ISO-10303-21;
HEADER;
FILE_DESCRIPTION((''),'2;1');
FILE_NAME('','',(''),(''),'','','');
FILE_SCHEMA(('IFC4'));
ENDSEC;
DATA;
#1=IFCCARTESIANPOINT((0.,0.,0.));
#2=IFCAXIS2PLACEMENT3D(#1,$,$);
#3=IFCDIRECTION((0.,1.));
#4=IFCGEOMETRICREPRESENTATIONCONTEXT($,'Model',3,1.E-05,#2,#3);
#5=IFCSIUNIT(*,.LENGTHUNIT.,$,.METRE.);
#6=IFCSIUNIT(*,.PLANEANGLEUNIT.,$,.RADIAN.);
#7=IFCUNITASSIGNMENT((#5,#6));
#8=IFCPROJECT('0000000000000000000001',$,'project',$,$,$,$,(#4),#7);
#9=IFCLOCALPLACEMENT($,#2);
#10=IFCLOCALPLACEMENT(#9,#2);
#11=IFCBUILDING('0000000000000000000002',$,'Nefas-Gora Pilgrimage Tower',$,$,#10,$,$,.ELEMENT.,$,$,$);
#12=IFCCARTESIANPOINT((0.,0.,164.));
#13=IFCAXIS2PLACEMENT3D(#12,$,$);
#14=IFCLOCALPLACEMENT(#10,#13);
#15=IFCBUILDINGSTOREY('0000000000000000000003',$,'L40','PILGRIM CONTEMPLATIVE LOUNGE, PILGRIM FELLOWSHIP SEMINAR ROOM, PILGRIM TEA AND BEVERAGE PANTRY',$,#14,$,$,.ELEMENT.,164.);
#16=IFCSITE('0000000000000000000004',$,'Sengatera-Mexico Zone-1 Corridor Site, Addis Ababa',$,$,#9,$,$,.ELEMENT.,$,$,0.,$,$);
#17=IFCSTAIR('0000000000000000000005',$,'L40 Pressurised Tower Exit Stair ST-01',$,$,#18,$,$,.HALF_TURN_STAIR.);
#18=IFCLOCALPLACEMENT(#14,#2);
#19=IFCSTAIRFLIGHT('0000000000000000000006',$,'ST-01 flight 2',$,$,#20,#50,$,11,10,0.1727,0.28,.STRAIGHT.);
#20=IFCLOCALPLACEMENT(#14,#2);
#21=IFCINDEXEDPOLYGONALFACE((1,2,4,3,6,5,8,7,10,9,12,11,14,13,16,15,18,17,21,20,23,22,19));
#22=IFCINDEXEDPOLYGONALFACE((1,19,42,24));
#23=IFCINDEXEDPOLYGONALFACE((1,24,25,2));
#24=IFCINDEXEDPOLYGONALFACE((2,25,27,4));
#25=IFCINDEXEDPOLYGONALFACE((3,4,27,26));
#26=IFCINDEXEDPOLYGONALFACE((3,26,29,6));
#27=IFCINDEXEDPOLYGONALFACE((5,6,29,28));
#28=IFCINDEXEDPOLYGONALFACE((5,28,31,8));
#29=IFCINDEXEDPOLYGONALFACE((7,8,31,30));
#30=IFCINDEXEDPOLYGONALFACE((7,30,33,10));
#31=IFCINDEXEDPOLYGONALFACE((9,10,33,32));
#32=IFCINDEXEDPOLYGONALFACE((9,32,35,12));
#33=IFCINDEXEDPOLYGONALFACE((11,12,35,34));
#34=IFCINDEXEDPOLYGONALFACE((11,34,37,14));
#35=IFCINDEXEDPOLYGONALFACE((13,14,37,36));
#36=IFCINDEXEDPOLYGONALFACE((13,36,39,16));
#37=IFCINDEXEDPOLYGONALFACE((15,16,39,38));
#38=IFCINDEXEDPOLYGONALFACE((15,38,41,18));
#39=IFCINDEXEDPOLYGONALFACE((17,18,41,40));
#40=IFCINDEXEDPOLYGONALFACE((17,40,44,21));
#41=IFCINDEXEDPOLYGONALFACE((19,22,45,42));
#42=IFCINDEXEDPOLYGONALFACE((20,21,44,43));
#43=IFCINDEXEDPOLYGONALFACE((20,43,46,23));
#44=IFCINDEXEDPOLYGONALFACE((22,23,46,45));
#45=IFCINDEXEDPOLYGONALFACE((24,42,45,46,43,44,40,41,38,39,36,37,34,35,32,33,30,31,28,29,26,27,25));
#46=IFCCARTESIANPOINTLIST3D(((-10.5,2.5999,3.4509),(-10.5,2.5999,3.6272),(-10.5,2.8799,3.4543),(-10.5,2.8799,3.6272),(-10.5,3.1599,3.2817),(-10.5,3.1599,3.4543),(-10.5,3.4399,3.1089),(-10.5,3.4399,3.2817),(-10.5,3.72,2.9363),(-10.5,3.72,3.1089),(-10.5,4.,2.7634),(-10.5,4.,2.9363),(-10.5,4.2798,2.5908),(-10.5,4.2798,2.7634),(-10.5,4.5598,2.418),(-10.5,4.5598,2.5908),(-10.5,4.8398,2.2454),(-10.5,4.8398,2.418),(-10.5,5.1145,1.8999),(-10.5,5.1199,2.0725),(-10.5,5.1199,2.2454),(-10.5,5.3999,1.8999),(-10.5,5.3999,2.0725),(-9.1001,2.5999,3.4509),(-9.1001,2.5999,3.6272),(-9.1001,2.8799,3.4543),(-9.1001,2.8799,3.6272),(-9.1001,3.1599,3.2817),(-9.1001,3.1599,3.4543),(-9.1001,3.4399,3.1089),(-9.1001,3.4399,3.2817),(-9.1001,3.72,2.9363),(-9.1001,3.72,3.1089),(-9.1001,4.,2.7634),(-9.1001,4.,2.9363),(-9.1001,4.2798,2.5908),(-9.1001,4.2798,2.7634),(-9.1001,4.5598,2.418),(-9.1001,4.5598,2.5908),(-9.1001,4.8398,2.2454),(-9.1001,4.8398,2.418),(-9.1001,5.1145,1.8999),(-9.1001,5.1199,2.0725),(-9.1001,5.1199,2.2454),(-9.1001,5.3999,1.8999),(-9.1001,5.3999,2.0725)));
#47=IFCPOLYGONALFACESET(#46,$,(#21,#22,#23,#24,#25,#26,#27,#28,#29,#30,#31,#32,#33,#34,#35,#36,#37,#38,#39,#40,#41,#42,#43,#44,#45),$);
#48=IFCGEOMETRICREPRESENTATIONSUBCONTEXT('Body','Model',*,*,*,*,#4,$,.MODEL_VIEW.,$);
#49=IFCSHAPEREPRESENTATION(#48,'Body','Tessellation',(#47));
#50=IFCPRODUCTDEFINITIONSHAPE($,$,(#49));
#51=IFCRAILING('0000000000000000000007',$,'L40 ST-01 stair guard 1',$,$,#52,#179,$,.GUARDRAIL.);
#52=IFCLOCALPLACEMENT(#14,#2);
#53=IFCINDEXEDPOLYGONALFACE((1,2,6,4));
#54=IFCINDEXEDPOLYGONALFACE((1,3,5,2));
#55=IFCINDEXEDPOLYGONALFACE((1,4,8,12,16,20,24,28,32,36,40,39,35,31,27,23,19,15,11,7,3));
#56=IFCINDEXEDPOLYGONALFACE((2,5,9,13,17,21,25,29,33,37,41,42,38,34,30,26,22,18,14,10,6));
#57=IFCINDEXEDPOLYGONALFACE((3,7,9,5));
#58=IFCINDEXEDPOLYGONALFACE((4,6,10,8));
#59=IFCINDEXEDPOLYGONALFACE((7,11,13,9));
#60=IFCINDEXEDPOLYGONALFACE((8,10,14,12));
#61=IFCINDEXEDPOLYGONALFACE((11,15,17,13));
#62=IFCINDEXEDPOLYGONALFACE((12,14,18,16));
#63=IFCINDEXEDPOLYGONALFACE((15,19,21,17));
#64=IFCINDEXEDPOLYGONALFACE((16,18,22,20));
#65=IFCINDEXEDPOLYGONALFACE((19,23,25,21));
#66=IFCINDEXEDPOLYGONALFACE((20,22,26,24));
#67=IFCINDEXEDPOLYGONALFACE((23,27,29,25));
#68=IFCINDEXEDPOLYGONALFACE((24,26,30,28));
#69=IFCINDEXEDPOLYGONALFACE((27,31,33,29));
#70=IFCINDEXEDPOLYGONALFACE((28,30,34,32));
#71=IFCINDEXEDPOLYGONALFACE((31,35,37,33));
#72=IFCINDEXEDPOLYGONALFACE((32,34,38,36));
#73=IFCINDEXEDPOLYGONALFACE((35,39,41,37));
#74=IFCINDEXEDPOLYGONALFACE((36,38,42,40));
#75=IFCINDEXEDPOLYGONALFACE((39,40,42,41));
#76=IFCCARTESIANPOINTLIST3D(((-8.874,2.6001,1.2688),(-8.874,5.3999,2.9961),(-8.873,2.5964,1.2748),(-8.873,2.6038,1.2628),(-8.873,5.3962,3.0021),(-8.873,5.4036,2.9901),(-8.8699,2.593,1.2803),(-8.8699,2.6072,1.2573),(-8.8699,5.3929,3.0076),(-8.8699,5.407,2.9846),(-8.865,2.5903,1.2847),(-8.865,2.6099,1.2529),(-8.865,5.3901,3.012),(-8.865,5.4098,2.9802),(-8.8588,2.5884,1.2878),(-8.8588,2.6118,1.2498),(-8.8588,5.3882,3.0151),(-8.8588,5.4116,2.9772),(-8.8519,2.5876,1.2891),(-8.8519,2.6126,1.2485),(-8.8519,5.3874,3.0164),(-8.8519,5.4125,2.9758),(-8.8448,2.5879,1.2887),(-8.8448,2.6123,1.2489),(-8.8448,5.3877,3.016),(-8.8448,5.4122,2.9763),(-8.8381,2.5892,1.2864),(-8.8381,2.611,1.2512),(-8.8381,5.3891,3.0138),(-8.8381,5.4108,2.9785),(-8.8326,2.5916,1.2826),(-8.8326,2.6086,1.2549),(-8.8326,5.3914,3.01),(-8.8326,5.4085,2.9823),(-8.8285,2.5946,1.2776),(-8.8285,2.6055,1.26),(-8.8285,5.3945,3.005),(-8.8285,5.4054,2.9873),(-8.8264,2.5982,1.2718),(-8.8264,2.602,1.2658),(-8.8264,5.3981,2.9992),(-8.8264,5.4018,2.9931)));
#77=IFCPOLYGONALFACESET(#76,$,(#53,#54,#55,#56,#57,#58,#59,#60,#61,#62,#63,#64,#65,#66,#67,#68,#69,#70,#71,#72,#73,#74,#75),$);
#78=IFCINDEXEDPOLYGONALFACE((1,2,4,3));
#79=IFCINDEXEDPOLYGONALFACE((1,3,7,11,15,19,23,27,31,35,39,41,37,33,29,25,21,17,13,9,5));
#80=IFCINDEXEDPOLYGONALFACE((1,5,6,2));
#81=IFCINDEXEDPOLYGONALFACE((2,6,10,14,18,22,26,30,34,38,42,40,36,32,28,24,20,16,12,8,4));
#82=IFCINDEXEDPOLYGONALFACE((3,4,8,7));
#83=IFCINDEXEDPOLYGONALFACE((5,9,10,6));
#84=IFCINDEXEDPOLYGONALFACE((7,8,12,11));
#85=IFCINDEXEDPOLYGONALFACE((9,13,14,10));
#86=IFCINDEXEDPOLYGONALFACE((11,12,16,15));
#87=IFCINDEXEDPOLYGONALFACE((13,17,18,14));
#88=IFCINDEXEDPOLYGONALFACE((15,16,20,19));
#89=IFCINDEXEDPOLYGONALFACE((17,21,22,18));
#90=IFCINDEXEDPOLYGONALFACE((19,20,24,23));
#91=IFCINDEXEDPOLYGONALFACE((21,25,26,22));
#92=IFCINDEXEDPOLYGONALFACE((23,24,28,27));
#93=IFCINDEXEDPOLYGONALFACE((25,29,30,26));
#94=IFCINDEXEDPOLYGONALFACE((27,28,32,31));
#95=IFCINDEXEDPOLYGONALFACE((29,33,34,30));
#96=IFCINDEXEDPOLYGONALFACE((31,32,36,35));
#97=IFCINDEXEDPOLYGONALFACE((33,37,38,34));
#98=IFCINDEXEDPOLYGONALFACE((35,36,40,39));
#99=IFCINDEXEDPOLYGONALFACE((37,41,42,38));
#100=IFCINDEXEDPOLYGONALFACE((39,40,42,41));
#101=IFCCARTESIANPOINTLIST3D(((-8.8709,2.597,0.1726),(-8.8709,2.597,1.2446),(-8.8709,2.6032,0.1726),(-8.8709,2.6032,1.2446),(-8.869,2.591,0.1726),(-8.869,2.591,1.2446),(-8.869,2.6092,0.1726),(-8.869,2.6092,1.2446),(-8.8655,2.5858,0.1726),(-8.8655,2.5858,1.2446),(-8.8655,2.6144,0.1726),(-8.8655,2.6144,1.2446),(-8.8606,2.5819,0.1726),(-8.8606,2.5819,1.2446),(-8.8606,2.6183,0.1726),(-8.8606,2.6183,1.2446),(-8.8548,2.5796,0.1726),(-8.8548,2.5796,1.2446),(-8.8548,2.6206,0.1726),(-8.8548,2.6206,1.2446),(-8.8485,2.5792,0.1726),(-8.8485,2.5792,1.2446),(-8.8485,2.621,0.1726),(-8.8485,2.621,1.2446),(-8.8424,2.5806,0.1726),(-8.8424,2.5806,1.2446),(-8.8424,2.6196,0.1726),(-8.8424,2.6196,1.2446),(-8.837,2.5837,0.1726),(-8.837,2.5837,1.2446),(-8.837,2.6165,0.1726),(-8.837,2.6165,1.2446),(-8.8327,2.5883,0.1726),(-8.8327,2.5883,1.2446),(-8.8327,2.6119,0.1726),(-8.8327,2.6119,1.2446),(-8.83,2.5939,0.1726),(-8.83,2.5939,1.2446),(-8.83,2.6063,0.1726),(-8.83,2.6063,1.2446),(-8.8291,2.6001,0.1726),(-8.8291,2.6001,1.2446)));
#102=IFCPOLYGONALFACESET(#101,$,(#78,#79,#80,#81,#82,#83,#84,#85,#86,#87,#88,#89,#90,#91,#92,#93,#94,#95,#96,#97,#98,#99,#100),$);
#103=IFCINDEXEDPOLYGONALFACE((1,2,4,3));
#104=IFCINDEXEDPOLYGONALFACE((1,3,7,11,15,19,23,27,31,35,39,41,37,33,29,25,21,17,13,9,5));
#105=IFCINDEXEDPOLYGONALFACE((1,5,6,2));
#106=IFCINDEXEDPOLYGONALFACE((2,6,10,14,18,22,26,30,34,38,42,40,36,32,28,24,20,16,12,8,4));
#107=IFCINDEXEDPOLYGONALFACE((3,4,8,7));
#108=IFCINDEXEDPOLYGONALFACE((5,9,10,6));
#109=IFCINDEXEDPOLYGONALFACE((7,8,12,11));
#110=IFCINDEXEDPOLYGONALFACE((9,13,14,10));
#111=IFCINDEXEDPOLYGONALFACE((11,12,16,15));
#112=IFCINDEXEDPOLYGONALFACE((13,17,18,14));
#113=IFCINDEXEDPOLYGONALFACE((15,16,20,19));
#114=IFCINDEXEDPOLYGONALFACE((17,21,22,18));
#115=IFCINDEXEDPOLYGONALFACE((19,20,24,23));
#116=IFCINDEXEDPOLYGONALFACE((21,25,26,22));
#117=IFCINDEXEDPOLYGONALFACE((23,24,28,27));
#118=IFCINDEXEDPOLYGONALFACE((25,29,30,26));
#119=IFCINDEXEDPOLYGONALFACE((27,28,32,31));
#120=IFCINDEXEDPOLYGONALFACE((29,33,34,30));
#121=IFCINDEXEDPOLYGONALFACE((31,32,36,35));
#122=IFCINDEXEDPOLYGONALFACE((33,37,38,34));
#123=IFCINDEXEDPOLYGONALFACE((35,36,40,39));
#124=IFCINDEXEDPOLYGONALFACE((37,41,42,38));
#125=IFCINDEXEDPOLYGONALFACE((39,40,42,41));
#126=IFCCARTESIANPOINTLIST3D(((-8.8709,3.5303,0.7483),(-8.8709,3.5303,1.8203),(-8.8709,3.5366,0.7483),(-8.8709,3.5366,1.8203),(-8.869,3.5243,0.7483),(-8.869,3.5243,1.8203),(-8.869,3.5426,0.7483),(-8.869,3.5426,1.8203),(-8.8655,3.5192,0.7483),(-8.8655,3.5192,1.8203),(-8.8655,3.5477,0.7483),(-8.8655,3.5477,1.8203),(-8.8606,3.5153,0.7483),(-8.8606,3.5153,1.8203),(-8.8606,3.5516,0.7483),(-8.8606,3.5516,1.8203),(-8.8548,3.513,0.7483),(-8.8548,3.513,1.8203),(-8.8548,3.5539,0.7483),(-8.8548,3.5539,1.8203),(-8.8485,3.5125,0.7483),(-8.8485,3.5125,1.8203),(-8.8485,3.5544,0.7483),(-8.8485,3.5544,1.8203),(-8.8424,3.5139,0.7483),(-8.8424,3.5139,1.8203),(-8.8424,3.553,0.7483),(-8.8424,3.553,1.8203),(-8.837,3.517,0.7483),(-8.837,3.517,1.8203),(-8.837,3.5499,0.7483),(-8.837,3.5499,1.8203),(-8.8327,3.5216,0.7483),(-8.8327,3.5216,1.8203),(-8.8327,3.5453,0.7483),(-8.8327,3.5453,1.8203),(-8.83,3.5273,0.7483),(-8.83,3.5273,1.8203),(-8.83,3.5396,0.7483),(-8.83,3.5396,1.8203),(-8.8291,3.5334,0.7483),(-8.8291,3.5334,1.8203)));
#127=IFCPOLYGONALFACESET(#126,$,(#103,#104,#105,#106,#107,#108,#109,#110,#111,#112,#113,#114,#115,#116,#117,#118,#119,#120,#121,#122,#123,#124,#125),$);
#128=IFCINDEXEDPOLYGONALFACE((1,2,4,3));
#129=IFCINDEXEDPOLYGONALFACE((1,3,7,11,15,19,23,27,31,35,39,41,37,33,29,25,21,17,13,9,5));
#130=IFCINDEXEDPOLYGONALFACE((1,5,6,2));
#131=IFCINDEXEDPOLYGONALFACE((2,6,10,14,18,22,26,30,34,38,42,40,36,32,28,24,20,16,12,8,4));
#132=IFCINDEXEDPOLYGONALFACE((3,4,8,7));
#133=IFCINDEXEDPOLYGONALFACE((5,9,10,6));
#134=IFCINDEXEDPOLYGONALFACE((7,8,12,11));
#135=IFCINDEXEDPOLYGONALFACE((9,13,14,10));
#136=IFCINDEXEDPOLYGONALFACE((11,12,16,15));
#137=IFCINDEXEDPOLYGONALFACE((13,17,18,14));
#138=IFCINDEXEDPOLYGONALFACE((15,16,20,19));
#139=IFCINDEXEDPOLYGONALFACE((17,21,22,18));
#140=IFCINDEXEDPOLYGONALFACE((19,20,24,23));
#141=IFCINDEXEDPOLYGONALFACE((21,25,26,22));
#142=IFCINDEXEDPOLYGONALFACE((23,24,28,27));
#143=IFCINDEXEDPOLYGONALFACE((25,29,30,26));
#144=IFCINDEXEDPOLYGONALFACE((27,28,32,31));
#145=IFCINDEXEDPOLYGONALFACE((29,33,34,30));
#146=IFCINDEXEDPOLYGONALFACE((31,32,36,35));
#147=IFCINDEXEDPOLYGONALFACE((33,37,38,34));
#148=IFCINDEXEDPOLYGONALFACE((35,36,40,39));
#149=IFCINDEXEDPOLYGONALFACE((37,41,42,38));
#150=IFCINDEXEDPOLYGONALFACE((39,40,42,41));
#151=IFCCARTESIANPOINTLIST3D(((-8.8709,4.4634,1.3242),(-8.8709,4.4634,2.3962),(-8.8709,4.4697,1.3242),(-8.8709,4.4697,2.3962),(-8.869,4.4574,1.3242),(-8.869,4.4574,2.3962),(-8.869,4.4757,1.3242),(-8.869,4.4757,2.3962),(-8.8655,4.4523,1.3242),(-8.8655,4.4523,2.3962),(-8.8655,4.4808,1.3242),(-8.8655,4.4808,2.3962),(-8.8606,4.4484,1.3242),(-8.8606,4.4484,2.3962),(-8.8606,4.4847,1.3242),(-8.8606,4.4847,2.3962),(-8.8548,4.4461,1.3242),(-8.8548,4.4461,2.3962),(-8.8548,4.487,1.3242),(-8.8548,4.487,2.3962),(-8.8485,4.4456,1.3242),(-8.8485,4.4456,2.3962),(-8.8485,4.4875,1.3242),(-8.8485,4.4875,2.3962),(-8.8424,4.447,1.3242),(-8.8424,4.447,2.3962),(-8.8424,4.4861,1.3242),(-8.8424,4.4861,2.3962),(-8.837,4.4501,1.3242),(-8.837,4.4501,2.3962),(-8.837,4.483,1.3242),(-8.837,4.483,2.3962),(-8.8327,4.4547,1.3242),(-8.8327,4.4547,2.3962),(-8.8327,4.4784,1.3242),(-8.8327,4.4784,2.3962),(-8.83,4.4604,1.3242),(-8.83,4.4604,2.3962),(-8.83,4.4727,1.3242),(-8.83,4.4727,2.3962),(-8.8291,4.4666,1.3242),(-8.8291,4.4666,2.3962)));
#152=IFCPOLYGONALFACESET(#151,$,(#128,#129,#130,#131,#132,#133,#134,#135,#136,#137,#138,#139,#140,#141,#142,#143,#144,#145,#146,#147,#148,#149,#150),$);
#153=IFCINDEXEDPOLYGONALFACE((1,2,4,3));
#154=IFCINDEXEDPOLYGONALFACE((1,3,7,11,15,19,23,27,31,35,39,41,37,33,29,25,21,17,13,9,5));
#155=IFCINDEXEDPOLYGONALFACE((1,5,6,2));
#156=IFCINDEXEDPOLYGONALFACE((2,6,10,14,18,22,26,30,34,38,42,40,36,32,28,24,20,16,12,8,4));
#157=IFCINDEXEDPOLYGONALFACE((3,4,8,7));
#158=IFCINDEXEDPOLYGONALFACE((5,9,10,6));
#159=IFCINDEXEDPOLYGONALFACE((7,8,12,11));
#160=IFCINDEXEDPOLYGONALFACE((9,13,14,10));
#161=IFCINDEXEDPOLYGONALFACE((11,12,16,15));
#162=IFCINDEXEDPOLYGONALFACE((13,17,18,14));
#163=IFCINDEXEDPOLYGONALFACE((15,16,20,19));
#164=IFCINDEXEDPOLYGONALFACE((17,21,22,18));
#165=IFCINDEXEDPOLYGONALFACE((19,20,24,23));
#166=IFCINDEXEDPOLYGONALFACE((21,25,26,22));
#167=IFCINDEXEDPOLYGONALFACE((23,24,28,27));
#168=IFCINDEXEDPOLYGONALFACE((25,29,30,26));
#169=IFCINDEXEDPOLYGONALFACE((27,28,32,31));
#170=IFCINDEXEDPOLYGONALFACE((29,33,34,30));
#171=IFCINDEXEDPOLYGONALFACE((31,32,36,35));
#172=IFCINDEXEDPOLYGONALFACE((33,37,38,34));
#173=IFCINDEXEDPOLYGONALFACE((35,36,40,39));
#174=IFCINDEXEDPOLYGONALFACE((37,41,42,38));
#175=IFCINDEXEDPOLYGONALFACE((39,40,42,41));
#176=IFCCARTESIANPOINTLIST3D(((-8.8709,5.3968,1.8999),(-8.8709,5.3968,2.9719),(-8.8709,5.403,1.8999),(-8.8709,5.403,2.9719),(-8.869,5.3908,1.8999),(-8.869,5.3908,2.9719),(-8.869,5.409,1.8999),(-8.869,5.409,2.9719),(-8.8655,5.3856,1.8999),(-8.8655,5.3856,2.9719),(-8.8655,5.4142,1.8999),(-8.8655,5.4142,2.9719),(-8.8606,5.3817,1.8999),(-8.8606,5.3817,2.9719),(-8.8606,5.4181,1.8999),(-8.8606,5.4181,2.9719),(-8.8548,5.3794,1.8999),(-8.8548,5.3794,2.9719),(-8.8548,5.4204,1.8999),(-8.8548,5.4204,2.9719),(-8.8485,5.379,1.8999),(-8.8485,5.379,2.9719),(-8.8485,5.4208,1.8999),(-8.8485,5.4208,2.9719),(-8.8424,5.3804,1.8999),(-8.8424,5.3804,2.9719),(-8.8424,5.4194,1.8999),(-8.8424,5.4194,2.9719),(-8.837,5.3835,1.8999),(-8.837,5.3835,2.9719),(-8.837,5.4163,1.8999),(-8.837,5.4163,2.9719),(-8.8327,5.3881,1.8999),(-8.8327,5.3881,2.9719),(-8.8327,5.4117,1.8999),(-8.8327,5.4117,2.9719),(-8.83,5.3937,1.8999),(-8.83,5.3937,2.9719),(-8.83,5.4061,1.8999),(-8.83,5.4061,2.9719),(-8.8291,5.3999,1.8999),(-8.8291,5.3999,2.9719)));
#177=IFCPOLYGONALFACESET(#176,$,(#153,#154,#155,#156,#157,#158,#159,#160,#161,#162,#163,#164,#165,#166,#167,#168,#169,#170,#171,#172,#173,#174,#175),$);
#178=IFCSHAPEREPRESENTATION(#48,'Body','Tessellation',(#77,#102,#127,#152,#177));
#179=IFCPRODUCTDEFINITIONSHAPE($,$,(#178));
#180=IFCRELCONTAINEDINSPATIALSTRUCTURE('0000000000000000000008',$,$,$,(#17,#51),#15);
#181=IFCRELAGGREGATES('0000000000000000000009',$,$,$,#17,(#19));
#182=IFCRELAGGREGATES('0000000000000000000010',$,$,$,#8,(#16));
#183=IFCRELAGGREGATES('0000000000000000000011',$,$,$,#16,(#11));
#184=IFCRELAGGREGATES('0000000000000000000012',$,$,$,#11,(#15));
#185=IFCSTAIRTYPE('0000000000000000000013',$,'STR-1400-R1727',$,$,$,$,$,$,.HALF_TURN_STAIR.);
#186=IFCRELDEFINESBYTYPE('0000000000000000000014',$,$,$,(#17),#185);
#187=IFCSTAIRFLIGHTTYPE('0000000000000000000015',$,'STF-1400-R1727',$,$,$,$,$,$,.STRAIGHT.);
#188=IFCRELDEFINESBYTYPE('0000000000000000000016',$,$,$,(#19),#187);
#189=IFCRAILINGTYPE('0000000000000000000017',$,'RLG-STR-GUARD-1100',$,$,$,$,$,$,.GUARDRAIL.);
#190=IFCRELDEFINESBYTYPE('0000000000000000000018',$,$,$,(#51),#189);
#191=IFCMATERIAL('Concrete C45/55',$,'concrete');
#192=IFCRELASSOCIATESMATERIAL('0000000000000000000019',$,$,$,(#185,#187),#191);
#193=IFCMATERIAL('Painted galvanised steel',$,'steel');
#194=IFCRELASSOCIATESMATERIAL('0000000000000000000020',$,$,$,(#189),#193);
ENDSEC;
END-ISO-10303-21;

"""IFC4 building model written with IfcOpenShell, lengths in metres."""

from ifc_helpers import new_model, si_unit, direction, frame, origin, origin_2d, place, context, subcontext, project, spatial, polyline, circle, outline, extrude, source, transform, mapped, material, type_object, element, aggregate, save


model = new_model("IFC4")

# Units and contexts
model_context = context("Model", 3, precision=1e-05, world=origin(), true_north=direction((0.0, 1.0)))
body_context = subcontext(model_context, "Body", "Model", "MODEL_VIEW")
ifc_project = project(units=[si_unit("LENGTHUNIT", "METRE"), si_unit("PLANEANGLEUNIT", "RADIAN")], contexts=[model_context])

# Site, building, storey
site_placement = place(None, origin())
site = spatial("IfcSite", under=ifc_project, at=site_placement, Name="Sengatera-Mexico Zone-1 Corridor Site, Addis Ababa", CompositionType="ELEMENT", RefElevation=0.0)
building_placement = place(site_placement, origin())
building = spatial("IfcBuilding", under=site, at=building_placement, Name="Nefas-Gora Pilgrimage Tower", CompositionType="ELEMENT")
storey_placement = place(building_placement, frame((0.0, 0.0, 164.0)))
storey = spatial("IfcBuildingStorey", under=building, at=storey_placement, Name="L40", Description="PILGRIM CONTEMPLATIVE LOUNGE, PILGRIM FELLOWSHIP SEMINAR ROOM, PILGRIM TEA AND BEVERAGE PANTRY", CompositionType="ELEMENT", Elevation=164.0)

# Shared definitions
ifc_material_1 = material(Name="Concrete C45/55", Category="concrete")

# Stair, stair flight
stair_type = type_object("IfcStairType", Name="STR-1400-R1727", PredefinedType="HALF_TURN_STAIR", material=ifc_material_1)
stair_placement = place(storey_placement, origin())
stair = element("IfcStair", 1, at=stair_placement, inside=storey, type_object=stair_type, Name="L40 Pressurised Tower Exit Stair ST-01", PredefinedType="HALF_TURN_STAIR")
stair_flight_type = type_object("IfcStairFlightType", Name="STF-1400-R1727", PredefinedType="STRAIGHT", material=ifc_material_1)
shared_shape_1 = source(origin(), body_context, "Body", "SweptSolid", [
    extrude(outline(polyline([(0.0, 0.0), (0.0, 0.1726), (0.28, 0.1726), (0.28, 0.3455), (0.5601, 0.3455), (0.5601, 0.5181), (0.8401, 0.5181), (0.8401, 0.6909), (1.1201, 0.6909), (1.1201, 0.8635), (1.3999, 0.8635), (1.3999, 1.0364), (1.6799, 1.0364), (1.6799, 1.209), (1.96, 1.209), (1.96, 1.3818), (2.24, 1.3818), (2.24, 1.5544), (2.52, 1.5544), (2.52, 1.7273), (2.8, 1.7273), (2.8, 1.8999), (2.8, 1.551), (0.2854, 0.0), (0.0, 0.0)])), frame((0.0, 0.7, 0.0), z_axis=(0.0, -1.0, 0.0), x_axis=(1.0, 0.0, 0.0)), (0.0, 0.0, 1.0), 1.3999),
])
stair_flight_1_placement = place(storey_placement, frame((-9.8, 5.3999, 1.8999), z_axis=(0.0, 0.0, 1.0), x_axis=(0.0, -1.0, 0.0)))
stair_flight_1 = element("IfcStairFlight", 2, at=stair_flight_1_placement, type_object=stair_flight_type, Name="ST-01 flight 2", NumberOfRisers=11, NumberOfTreads=10, PredefinedType="STRAIGHT", RiserHeight=0.1727, TreadLength=0.28, context=body_context, shape_type="MappedRepresentation", body=[
    mapped(shared_shape_1, transform((0.0, 0.0, 0.0), x_axis=(1.0, 0.0, 0.0), y_axis=(0.0, 1.0, 0.0), z_axis=(0.0, 0.0, 1.0), scale=1.0)),
])
aggregate(stair, [stair_flight_1])

# Railing
ifc_material_2 = material(Name="Painted galvanised steel", Category="steel")
railing_type_1 = type_object("IfcRailingType", Name="RLG-STR-GUARD-1100", PredefinedType="GUARDRAIL", material=ifc_material_2)
railing_1_placement = place(storey_placement, frame((-8.8501, 2.6001, 0.1726)))
element("IfcRailing", 3, at=railing_1_placement, inside=storey, type_object=railing_type_1, Name="L40 ST-01 stair guard 1", PredefinedType="GUARDRAIL", context=body_context, shape_type="SweptSolid", body=[
    extrude(circle(Radius=0.0239, at=origin_2d()), frame((0.0, 0.0, 1.0962), z_axis=(0.0, 0.851069, 0.525054), x_axis=(-1.0, 0.0, 0.0)), (0.0, 0.0, 1.0), 3.2898),
    extrude(circle(Radius=0.021, at=origin_2d()), origin(), (0.0, 0.0, 1.0), 1.072),
    extrude(circle(Radius=0.021, at=origin_2d()), frame((0.0, 0.9333, 0.5757)), (0.0, 0.0, 1.0), 1.072),
    extrude(circle(Radius=0.021, at=origin_2d()), frame((0.0, 1.8665, 1.1516)), (0.0, 0.0, 1.0), 1.072),
    extrude(circle(Radius=0.021, at=origin_2d()), frame((0.0, 2.7998, 1.7273)), (0.0, 0.0, 1.0), 1.072),
])

save(model, "model.ifc")
